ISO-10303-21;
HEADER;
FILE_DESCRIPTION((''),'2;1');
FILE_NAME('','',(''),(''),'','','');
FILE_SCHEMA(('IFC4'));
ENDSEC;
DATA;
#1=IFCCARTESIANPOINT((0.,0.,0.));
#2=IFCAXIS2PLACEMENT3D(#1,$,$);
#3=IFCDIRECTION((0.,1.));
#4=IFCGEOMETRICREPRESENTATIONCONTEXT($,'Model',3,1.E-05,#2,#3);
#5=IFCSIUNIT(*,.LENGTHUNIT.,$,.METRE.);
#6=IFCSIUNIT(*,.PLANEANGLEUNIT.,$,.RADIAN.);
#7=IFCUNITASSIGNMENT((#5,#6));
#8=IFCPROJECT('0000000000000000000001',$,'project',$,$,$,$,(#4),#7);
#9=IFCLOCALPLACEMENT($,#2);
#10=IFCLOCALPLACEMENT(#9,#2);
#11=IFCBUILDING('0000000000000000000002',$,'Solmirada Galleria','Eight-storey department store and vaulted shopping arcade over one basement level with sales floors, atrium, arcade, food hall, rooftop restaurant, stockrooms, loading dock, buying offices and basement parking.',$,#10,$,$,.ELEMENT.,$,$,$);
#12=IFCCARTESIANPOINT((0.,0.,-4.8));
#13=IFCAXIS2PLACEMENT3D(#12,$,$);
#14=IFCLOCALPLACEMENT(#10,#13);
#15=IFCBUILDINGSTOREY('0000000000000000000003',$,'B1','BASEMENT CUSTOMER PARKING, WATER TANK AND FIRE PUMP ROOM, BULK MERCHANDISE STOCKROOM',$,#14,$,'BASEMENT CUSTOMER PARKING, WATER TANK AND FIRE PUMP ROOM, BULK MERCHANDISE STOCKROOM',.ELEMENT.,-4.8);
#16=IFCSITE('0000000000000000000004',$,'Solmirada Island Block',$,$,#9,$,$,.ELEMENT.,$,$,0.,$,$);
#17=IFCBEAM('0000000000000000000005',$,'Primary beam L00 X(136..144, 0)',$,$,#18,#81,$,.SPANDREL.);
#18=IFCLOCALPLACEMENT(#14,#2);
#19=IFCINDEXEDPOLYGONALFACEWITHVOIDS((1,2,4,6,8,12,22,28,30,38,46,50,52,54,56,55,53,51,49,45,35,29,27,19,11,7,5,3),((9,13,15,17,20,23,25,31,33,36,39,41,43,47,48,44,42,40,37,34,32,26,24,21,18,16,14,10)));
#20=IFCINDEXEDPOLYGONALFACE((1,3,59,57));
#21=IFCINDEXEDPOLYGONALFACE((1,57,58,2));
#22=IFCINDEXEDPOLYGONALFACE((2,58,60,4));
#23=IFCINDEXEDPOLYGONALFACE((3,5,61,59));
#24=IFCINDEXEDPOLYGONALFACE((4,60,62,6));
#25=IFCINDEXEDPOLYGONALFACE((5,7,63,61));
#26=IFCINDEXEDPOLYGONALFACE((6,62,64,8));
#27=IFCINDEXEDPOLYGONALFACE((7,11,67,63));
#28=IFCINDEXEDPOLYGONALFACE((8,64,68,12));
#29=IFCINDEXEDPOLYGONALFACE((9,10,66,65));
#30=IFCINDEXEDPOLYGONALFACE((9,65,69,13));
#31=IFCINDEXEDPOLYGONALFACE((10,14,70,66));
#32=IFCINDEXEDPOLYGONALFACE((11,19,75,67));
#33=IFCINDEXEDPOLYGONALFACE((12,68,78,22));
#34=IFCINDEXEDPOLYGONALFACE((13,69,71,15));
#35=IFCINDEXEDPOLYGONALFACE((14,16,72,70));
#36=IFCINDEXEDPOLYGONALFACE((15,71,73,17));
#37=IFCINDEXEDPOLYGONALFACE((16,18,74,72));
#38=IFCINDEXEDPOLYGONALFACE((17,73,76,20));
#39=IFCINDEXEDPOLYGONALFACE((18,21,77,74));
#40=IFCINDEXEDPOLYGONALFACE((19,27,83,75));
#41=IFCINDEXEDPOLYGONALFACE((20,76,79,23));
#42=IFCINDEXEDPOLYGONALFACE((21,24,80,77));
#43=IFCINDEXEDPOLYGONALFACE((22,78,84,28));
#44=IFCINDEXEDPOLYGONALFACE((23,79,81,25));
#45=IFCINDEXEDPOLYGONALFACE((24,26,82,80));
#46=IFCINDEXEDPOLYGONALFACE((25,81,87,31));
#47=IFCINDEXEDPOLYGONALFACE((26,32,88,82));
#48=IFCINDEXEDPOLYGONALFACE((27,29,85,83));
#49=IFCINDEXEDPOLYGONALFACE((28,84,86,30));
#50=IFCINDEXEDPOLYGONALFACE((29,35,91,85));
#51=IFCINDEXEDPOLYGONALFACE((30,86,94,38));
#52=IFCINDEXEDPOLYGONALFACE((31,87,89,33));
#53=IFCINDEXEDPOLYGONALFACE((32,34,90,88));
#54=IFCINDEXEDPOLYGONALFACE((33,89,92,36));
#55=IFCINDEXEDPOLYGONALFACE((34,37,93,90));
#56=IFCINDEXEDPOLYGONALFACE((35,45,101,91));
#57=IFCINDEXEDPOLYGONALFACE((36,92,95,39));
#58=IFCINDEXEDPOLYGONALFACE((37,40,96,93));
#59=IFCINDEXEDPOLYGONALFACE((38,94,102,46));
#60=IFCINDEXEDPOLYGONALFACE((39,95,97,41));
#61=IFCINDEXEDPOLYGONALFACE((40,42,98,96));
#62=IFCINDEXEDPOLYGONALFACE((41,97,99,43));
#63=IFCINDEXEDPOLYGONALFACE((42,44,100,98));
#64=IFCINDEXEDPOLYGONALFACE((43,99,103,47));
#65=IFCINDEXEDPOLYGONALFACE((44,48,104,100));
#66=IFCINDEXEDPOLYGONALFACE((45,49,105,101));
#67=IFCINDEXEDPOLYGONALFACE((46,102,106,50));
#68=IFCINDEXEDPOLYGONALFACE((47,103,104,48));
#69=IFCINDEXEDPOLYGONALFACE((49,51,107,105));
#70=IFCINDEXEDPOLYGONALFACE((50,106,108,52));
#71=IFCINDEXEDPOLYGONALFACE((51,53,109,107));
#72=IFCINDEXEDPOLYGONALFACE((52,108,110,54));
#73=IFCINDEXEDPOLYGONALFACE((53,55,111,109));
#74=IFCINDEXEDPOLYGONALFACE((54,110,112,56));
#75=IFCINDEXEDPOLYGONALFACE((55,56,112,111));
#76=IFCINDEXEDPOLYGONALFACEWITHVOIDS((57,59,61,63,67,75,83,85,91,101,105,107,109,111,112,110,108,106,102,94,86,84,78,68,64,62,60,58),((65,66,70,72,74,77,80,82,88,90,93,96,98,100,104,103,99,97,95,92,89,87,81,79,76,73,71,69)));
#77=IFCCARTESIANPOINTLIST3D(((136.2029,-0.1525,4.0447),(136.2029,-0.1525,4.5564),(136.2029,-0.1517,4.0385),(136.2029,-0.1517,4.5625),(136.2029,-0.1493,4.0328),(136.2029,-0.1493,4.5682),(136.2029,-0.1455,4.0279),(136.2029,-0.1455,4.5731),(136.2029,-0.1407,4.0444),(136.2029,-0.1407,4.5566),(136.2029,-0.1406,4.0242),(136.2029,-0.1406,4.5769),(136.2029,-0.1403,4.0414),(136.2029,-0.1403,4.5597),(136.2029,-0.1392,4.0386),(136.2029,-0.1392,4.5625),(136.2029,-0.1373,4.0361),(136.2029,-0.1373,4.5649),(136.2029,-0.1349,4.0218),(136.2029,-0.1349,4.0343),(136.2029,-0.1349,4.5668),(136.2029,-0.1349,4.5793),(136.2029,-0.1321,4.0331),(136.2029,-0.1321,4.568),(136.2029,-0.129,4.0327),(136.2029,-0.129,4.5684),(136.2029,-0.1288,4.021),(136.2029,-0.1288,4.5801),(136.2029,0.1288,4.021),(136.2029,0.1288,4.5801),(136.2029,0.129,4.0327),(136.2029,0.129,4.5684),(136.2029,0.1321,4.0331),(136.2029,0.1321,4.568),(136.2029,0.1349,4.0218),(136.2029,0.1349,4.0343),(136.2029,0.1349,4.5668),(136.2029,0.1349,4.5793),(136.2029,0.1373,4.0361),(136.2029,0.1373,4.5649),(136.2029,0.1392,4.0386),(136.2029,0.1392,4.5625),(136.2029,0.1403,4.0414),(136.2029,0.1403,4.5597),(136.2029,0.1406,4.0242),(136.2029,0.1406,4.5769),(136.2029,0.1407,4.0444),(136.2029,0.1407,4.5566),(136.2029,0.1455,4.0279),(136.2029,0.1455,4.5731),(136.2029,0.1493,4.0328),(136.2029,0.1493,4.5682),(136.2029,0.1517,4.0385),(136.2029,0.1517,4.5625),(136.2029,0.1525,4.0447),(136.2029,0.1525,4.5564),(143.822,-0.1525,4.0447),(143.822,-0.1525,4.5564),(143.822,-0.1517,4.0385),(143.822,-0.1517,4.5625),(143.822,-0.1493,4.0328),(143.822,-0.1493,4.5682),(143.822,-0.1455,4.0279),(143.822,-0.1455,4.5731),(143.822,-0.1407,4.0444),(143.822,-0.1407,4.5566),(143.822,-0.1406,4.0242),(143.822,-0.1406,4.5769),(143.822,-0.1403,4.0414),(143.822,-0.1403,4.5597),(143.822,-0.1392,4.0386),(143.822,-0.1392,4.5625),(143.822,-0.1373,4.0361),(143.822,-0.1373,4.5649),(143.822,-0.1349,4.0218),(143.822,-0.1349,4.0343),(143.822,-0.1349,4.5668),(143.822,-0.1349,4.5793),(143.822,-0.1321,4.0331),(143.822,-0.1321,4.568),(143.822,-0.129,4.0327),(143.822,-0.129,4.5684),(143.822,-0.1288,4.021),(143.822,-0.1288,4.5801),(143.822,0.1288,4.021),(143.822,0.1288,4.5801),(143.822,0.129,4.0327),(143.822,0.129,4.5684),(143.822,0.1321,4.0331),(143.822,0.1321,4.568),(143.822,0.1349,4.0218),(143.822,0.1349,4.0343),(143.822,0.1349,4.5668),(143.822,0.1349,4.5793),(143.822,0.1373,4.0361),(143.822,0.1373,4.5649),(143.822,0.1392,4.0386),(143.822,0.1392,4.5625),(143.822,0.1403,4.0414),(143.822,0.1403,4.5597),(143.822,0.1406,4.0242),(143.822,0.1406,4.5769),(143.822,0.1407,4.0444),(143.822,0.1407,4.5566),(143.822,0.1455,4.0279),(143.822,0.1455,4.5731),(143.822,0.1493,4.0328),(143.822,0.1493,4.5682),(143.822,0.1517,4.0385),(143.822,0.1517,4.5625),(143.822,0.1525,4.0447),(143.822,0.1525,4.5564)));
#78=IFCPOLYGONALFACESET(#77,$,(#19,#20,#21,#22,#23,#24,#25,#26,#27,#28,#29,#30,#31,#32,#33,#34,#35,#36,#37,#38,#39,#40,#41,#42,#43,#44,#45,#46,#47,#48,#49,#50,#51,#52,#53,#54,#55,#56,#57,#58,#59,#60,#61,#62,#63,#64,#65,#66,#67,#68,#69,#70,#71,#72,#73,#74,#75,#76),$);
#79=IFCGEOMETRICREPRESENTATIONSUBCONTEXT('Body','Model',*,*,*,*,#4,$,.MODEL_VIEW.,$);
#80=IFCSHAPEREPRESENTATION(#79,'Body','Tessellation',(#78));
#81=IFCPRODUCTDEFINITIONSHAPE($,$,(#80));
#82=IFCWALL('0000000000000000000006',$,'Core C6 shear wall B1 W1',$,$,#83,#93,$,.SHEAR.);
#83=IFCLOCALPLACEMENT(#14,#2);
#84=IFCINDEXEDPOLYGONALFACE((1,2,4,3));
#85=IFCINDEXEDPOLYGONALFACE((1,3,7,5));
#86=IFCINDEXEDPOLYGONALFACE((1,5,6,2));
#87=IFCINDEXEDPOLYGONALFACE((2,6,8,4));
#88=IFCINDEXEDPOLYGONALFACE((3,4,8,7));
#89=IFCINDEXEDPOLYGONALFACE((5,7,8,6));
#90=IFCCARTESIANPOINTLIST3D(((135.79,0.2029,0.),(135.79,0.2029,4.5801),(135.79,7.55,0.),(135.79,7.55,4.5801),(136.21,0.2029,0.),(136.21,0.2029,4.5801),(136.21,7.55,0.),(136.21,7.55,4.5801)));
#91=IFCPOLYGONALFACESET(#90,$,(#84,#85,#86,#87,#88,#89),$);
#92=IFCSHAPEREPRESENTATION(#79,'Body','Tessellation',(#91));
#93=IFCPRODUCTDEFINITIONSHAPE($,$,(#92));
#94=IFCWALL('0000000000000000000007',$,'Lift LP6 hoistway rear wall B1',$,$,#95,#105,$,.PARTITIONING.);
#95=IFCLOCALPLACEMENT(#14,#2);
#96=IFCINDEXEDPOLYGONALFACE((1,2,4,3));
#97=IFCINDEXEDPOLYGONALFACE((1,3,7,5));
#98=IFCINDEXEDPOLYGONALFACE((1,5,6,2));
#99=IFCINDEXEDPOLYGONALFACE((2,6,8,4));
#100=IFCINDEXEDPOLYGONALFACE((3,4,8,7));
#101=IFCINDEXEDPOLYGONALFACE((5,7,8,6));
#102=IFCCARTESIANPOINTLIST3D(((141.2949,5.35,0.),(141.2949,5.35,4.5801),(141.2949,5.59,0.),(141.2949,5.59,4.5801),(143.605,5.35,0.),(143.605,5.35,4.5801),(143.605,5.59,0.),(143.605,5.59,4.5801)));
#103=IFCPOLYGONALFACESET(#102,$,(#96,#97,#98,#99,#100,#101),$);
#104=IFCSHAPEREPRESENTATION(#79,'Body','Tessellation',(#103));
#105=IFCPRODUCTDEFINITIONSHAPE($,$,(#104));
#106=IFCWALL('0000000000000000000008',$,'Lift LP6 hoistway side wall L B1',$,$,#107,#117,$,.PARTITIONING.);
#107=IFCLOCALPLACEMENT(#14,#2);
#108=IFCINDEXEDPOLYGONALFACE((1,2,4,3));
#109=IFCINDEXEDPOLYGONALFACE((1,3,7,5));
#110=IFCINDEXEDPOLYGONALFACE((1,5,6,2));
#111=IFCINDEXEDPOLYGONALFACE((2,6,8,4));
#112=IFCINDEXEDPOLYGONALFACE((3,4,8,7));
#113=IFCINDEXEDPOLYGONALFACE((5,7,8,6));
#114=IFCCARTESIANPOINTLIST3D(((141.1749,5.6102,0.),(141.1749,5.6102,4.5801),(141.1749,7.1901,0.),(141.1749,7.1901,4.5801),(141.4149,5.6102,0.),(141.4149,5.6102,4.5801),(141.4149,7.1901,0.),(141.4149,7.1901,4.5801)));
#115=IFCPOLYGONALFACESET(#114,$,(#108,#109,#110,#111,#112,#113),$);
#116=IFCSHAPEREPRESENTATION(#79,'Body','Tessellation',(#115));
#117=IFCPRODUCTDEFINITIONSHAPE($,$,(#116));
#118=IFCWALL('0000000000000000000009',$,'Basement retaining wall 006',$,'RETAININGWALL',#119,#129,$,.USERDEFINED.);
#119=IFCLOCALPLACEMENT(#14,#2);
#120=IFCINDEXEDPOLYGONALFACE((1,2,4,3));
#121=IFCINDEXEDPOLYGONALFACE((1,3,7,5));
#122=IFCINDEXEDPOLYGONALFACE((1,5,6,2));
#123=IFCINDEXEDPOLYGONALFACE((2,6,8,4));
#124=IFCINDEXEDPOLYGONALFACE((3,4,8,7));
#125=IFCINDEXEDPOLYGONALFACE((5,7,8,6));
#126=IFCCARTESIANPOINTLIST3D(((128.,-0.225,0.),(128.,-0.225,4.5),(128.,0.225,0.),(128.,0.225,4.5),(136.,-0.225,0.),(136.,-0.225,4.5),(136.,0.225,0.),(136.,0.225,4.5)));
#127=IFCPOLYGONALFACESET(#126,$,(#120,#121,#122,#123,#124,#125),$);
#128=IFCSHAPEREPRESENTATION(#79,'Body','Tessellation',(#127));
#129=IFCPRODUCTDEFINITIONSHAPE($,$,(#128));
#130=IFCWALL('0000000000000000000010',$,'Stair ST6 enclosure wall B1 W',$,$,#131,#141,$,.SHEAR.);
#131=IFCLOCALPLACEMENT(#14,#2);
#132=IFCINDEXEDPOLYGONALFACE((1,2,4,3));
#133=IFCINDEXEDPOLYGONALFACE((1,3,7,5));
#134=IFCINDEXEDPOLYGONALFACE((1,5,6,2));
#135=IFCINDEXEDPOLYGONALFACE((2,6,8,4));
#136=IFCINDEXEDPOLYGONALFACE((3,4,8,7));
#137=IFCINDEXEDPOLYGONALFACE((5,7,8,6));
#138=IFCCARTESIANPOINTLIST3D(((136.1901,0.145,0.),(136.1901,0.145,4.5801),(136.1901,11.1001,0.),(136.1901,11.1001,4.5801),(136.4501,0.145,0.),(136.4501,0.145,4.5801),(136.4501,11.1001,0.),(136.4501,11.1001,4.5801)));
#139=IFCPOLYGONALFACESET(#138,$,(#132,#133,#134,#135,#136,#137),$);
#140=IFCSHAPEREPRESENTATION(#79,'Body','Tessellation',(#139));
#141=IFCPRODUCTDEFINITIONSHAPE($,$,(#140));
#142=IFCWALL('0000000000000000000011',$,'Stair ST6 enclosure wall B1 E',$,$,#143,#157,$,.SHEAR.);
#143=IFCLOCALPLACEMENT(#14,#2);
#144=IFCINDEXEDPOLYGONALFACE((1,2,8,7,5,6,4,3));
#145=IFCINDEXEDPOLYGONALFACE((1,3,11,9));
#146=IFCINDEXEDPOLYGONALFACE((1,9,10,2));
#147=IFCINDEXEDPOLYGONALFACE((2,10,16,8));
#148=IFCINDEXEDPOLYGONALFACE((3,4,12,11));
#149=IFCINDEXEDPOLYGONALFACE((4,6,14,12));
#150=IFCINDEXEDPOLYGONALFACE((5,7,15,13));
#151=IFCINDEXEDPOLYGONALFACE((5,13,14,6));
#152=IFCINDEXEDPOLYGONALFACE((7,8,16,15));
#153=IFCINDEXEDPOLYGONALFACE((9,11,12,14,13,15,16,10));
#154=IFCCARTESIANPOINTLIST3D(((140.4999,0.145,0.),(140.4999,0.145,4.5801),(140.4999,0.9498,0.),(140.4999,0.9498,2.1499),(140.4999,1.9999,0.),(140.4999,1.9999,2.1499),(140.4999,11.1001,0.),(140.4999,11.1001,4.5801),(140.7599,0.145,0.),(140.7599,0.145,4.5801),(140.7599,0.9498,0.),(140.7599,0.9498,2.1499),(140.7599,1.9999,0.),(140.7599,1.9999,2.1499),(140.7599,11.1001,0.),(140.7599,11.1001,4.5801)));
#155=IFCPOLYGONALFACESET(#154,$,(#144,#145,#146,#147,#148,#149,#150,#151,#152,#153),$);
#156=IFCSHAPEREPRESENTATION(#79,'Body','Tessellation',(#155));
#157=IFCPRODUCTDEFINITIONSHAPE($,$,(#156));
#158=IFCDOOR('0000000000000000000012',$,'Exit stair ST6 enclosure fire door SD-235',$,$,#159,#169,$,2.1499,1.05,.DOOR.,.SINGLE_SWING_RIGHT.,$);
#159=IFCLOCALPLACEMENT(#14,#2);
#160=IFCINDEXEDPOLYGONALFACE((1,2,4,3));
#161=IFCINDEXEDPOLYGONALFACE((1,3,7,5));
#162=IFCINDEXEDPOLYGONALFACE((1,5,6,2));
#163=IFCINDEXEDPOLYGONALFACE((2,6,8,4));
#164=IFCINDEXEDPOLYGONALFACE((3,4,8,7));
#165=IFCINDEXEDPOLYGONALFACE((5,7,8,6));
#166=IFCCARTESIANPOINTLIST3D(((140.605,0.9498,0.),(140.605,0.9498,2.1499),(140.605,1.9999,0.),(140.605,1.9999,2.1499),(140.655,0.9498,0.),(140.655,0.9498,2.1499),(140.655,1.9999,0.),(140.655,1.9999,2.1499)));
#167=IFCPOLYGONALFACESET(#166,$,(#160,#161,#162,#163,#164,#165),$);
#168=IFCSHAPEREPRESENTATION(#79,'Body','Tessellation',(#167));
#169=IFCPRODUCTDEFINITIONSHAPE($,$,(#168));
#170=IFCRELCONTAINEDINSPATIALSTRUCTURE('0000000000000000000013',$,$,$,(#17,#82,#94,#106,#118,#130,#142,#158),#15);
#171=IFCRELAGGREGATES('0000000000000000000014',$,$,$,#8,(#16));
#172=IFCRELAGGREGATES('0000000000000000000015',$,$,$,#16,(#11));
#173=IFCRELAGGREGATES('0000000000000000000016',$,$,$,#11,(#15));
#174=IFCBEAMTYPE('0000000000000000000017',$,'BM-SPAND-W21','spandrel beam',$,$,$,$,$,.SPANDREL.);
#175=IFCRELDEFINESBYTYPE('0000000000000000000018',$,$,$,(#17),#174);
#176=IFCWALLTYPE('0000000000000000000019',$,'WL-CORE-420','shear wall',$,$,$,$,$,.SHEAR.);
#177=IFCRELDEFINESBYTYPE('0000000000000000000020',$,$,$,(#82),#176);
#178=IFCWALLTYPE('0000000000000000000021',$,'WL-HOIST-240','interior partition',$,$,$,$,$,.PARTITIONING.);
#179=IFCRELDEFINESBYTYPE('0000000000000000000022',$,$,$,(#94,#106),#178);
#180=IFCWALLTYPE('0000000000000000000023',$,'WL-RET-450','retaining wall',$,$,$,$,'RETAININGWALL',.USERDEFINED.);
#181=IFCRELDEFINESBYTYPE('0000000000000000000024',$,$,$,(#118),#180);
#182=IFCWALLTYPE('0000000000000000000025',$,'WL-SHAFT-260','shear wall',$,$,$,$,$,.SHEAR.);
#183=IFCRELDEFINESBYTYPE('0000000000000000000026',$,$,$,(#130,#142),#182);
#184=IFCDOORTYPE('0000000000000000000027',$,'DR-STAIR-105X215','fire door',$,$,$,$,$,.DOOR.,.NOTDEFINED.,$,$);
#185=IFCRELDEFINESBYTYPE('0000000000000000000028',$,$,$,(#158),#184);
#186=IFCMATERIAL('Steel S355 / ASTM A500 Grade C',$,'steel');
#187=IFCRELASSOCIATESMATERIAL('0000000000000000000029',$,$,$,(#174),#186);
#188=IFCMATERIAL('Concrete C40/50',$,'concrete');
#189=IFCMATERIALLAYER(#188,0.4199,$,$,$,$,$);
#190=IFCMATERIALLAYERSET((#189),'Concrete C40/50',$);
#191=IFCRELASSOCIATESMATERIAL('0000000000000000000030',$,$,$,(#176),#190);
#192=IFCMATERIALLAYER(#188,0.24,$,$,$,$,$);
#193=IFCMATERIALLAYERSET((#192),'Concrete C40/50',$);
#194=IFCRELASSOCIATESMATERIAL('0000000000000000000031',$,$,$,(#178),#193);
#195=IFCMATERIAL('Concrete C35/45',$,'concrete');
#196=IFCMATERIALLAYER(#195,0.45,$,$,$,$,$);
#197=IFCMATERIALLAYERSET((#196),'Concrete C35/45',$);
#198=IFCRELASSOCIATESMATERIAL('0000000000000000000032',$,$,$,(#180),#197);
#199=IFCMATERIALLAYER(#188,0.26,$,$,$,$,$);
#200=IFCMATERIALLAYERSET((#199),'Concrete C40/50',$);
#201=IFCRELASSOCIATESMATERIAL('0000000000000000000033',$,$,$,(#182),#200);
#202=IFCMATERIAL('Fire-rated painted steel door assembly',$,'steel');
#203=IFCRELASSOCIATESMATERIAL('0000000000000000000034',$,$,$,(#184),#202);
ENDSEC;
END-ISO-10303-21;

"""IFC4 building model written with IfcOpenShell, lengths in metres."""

from ifc_helpers import new_model, si_unit, direction, frame, frame_2d, origin, origin_2d, place, context, subcontext, project, spatial, rectangle, hollow_rectangle, extrude, material, layer, layer_set, material_profile, profile_set, type_object, element, fill, save


model = new_model("IFC4")

# Units and contexts
model_context = context("Model", 3, precision=1e-05, world=origin(), true_north=direction((0.0, 1.0)))
body_context = subcontext(model_context, "Body", "Model", "MODEL_VIEW")
ifc_project = project(units=[si_unit("LENGTHUNIT", "METRE"), si_unit("PLANEANGLEUNIT", "RADIAN")], contexts=[model_context])

# Site, building, storey
site_placement = place(None, origin())
site = spatial("IfcSite", under=ifc_project, at=site_placement, Name="Solmirada Island Block", CompositionType="ELEMENT", RefElevation=0.0)
building_placement = place(site_placement, origin())
building = spatial("IfcBuilding", under=site, at=building_placement, Name="Solmirada Galleria", Description="Eight-storey department store and vaulted shopping arcade over one basement level with sales floors, atrium, arcade, food hall, rooftop restaurant, stockrooms, loading dock, buying offices and basement parking.", CompositionType="ELEMENT")
storey_placement = place(building_placement, frame((0.0, 0.0, -4.8)))
storey = spatial("IfcBuildingStorey", under=building, at=storey_placement, Name="B1", Description="BASEMENT CUSTOMER PARKING, WATER TANK AND FIRE PUMP ROOM, BULK MERCHANDISE STOCKROOM", LongName="BASEMENT CUSTOMER PARKING, WATER TANK AND FIRE PUMP ROOM, BULK MERCHANDISE STOCKROOM", CompositionType="ELEMENT", Elevation=-4.8)

# Shared definitions
ifc_material_1 = material(Name="Concrete C40/50", Category="concrete")

# Shared definitions
ifc_material_2 = material(Name="Steel S355 / ASTM A500 Grade C", Category="steel")

# Beam
ifc_material_profile_1 = material_profile(ifc_material_2, hollow_rectangle(XDim=0.3049, YDim=0.5591, WallThickness=0.0117, InnerFilletRadius=0.0117, OuterFilletRadius=0.0237, at=origin_2d()), Name="HSS22X12X1/2")
ifc_profile_set_1 = profile_set([ifc_material_profile_1], Name="Steel S355 / ASTM A500 Grade C")
beam_type_1 = type_object("IfcBeamType", Name="BM-SPAND-W21", Description="spandrel beam", PredefinedType="SPANDREL", material=ifc_profile_set_1)
beam_1_placement = place(storey_placement, frame((136.2029, 0.0, 4.3005), z_axis=(1.0, 0.0, 0.0), x_axis=(0.0, 1.0, 0.0)))
element("IfcBeam", 1, at=beam_1_placement, inside=storey, type_object=beam_type_1, Name="Primary beam L00 X(136..144, 0)", PredefinedType="SPANDREL", context=body_context, shape_type="SweptSolid", body=[
    extrude(hollow_rectangle(XDim=0.3049, YDim=0.5591, WallThickness=0.0117, InnerFilletRadius=0.0117, OuterFilletRadius=0.0237, at=origin_2d()), origin(), (0.0, 0.0, 1.0), 7.6191),
])

# Walls
ifc_layer_1 = layer(ifc_material_1, 0.4199)
ifc_layer_set_1 = layer_set([ifc_layer_1], Name="Concrete C40/50")
wall_type_1 = type_object("IfcWallType", Name="WL-CORE-420", Description="shear wall", PredefinedType="SHEAR", material=ifc_layer_set_1)
wall_1_placement = place(storey_placement, frame((136.0, 0.2029, 0.0), z_axis=(0.0, 0.0, 1.0), x_axis=(0.0, 1.0, 0.0)))
element("IfcWall", 2, at=wall_1_placement, inside=storey, type_object=wall_type_1, Name="Core C6 shear wall B1 W1", PredefinedType="SHEAR", context=body_context, shape_type="SweptSolid", body=[
    extrude(rectangle(XDim=7.3472, YDim=0.4199, at=frame_2d((3.6736, 0.0))), origin(), (0.0, 0.0, 1.0), 4.5801),
])
ifc_layer_2 = layer(ifc_material_1, 0.24)
ifc_layer_set_2 = layer_set([ifc_layer_2], Name="Concrete C40/50")
wall_type_2 = type_object("IfcWallType", Name="WL-HOIST-240", Description="interior partition", PredefinedType="PARTITIONING", material=ifc_layer_set_2)
wall_2_placement = place(storey_placement, frame((141.2949, 5.47, 0.0), z_axis=(0.0, 0.0, 1.0), x_axis=(1.0, 0.0, 0.0)))
element("IfcWall", 3, at=wall_2_placement, inside=storey, type_object=wall_type_2, Name="Lift LP6 hoistway rear wall B1", PredefinedType="PARTITIONING", context=body_context, shape_type="SweptSolid", body=[
    extrude(rectangle(XDim=2.3101, YDim=0.24, at=frame_2d((1.155, 0.0))), origin(), (0.0, 0.0, 1.0), 4.5801),
])
wall_3_placement = place(storey_placement, frame((141.2949, 5.6101, 0.0), z_axis=(0.0, 0.0, 1.0), x_axis=(0.0, 1.0, 0.0)))
element("IfcWall", 4, at=wall_3_placement, inside=storey, type_object=wall_type_2, Name="Lift LP6 hoistway side wall L B1", PredefinedType="PARTITIONING", context=body_context, shape_type="SweptSolid", body=[
    extrude(rectangle(XDim=1.5798, YDim=0.24, at=frame_2d((0.79, 0.0))), origin(), (0.0, 0.0, 1.0), 4.5801),
])
ifc_material_3 = material(Name="Concrete C35/45", Category="concrete")
ifc_layer_3 = layer(ifc_material_3, 0.45)
ifc_layer_set_3 = layer_set([ifc_layer_3], Name="Concrete C35/45")
wall_type_3 = type_object("IfcWallType", Name="WL-RET-450", Description="retaining wall", ElementType="RETAININGWALL", PredefinedType="USERDEFINED", material=ifc_layer_set_3)
wall_4_placement = place(storey_placement, frame((136.0, 0.0, 0.0), z_axis=(0.0, 0.0, 1.0), x_axis=(-1.0, 0.0, 0.0)))
element("IfcWall", 5, at=wall_4_placement, inside=storey, type_object=wall_type_3, Name="Basement retaining wall 006", ObjectType="RETAININGWALL", PredefinedType="USERDEFINED", context=body_context, shape_type="SweptSolid", body=[
    extrude(rectangle(XDim=8.0, YDim=0.45, at=frame_2d((4.0, 0.0))), origin(), (0.0, 0.0, 1.0), 4.5),
])
ifc_layer_4 = layer(ifc_material_1, 0.26)
ifc_layer_set_4 = layer_set([ifc_layer_4], Name="Concrete C40/50")
wall_type_4 = type_object("IfcWallType", Name="WL-SHAFT-260", Description="shear wall", PredefinedType="SHEAR", material=ifc_layer_set_4)
wall_5_placement = place(storey_placement, frame((136.3201, 0.145, 0.0), z_axis=(0.0, 0.0, 1.0), x_axis=(0.0, 1.0, 0.0)))
element("IfcWall", 6, at=wall_5_placement, inside=storey, type_object=wall_type_4, Name="Stair ST6 enclosure wall B1 W", PredefinedType="SHEAR", context=body_context, shape_type="SweptSolid", body=[
    extrude(rectangle(XDim=10.9551, YDim=0.26, at=frame_2d((5.4775, 0.0))), origin(), (0.0, 0.0, 1.0), 4.5801),
])

# Wall, opening, door
wall_6_placement = place(storey_placement, frame((140.6299, 0.145, 0.0), z_axis=(0.0, 0.0, 1.0), x_axis=(0.0, 1.0, 0.0)))
wall_6 = element("IfcWall", 7, at=wall_6_placement, inside=storey, type_object=wall_type_4, Name="Stair ST6 enclosure wall B1 E", PredefinedType="SHEAR", context=body_context, shape_type="SweptSolid", body=[
    extrude(rectangle(XDim=10.9551, YDim=0.26, at=frame_2d((5.4775, 0.0))), origin(), (0.0, 0.0, 1.0), 4.5801),
])
opening_placement = place(wall_6_placement, frame((0.8049, 0.0, 0.0)))
opening = element("IfcOpeningElement", 8, at=opening_placement, cuts=wall_6, PredefinedType="OPENING", context=body_context, shape_type="SweptSolid", body=[
    extrude(rectangle(XDim=1.05, YDim=2.1499, at=frame_2d((0.5249, 1.075))), frame((0.0, 0.1399, 0.0), z_axis=(0.0, -1.0, 0.0), x_axis=(1.0, 0.0, 0.0)), (0.0, 0.0, 1.0), 0.28),
])
ifc_material_4 = material(Name="Fire-rated painted steel door assembly", Category="steel")
door_type = type_object("IfcDoorType", Name="DR-STAIR-105X215", Description="fire door", OperationType="NOTDEFINED", PredefinedType="DOOR", material=ifc_material_4)
door_placement = place(opening_placement, origin())
door = element("IfcDoor", 9, at=door_placement, inside=storey, type_object=door_type, Name="Exit stair ST6 enclosure fire door SD-235", OperationType="SINGLE_SWING_RIGHT", OverallHeight=2.1499, OverallWidth=1.05, PredefinedType="DOOR", context=body_context, shape_type="SweptSolid", body=[
    extrude(rectangle(XDim=1.05, YDim=2.1499, at=frame_2d((0.5249, 1.075))), frame((0.0, 0.0249, 0.0), z_axis=(0.0, -1.0, 0.0), x_axis=(1.0, 0.0, 0.0)), (0.0, 0.0, 1.0), 0.05),
])
fill(opening, door)

save(model, "model.ifc")
